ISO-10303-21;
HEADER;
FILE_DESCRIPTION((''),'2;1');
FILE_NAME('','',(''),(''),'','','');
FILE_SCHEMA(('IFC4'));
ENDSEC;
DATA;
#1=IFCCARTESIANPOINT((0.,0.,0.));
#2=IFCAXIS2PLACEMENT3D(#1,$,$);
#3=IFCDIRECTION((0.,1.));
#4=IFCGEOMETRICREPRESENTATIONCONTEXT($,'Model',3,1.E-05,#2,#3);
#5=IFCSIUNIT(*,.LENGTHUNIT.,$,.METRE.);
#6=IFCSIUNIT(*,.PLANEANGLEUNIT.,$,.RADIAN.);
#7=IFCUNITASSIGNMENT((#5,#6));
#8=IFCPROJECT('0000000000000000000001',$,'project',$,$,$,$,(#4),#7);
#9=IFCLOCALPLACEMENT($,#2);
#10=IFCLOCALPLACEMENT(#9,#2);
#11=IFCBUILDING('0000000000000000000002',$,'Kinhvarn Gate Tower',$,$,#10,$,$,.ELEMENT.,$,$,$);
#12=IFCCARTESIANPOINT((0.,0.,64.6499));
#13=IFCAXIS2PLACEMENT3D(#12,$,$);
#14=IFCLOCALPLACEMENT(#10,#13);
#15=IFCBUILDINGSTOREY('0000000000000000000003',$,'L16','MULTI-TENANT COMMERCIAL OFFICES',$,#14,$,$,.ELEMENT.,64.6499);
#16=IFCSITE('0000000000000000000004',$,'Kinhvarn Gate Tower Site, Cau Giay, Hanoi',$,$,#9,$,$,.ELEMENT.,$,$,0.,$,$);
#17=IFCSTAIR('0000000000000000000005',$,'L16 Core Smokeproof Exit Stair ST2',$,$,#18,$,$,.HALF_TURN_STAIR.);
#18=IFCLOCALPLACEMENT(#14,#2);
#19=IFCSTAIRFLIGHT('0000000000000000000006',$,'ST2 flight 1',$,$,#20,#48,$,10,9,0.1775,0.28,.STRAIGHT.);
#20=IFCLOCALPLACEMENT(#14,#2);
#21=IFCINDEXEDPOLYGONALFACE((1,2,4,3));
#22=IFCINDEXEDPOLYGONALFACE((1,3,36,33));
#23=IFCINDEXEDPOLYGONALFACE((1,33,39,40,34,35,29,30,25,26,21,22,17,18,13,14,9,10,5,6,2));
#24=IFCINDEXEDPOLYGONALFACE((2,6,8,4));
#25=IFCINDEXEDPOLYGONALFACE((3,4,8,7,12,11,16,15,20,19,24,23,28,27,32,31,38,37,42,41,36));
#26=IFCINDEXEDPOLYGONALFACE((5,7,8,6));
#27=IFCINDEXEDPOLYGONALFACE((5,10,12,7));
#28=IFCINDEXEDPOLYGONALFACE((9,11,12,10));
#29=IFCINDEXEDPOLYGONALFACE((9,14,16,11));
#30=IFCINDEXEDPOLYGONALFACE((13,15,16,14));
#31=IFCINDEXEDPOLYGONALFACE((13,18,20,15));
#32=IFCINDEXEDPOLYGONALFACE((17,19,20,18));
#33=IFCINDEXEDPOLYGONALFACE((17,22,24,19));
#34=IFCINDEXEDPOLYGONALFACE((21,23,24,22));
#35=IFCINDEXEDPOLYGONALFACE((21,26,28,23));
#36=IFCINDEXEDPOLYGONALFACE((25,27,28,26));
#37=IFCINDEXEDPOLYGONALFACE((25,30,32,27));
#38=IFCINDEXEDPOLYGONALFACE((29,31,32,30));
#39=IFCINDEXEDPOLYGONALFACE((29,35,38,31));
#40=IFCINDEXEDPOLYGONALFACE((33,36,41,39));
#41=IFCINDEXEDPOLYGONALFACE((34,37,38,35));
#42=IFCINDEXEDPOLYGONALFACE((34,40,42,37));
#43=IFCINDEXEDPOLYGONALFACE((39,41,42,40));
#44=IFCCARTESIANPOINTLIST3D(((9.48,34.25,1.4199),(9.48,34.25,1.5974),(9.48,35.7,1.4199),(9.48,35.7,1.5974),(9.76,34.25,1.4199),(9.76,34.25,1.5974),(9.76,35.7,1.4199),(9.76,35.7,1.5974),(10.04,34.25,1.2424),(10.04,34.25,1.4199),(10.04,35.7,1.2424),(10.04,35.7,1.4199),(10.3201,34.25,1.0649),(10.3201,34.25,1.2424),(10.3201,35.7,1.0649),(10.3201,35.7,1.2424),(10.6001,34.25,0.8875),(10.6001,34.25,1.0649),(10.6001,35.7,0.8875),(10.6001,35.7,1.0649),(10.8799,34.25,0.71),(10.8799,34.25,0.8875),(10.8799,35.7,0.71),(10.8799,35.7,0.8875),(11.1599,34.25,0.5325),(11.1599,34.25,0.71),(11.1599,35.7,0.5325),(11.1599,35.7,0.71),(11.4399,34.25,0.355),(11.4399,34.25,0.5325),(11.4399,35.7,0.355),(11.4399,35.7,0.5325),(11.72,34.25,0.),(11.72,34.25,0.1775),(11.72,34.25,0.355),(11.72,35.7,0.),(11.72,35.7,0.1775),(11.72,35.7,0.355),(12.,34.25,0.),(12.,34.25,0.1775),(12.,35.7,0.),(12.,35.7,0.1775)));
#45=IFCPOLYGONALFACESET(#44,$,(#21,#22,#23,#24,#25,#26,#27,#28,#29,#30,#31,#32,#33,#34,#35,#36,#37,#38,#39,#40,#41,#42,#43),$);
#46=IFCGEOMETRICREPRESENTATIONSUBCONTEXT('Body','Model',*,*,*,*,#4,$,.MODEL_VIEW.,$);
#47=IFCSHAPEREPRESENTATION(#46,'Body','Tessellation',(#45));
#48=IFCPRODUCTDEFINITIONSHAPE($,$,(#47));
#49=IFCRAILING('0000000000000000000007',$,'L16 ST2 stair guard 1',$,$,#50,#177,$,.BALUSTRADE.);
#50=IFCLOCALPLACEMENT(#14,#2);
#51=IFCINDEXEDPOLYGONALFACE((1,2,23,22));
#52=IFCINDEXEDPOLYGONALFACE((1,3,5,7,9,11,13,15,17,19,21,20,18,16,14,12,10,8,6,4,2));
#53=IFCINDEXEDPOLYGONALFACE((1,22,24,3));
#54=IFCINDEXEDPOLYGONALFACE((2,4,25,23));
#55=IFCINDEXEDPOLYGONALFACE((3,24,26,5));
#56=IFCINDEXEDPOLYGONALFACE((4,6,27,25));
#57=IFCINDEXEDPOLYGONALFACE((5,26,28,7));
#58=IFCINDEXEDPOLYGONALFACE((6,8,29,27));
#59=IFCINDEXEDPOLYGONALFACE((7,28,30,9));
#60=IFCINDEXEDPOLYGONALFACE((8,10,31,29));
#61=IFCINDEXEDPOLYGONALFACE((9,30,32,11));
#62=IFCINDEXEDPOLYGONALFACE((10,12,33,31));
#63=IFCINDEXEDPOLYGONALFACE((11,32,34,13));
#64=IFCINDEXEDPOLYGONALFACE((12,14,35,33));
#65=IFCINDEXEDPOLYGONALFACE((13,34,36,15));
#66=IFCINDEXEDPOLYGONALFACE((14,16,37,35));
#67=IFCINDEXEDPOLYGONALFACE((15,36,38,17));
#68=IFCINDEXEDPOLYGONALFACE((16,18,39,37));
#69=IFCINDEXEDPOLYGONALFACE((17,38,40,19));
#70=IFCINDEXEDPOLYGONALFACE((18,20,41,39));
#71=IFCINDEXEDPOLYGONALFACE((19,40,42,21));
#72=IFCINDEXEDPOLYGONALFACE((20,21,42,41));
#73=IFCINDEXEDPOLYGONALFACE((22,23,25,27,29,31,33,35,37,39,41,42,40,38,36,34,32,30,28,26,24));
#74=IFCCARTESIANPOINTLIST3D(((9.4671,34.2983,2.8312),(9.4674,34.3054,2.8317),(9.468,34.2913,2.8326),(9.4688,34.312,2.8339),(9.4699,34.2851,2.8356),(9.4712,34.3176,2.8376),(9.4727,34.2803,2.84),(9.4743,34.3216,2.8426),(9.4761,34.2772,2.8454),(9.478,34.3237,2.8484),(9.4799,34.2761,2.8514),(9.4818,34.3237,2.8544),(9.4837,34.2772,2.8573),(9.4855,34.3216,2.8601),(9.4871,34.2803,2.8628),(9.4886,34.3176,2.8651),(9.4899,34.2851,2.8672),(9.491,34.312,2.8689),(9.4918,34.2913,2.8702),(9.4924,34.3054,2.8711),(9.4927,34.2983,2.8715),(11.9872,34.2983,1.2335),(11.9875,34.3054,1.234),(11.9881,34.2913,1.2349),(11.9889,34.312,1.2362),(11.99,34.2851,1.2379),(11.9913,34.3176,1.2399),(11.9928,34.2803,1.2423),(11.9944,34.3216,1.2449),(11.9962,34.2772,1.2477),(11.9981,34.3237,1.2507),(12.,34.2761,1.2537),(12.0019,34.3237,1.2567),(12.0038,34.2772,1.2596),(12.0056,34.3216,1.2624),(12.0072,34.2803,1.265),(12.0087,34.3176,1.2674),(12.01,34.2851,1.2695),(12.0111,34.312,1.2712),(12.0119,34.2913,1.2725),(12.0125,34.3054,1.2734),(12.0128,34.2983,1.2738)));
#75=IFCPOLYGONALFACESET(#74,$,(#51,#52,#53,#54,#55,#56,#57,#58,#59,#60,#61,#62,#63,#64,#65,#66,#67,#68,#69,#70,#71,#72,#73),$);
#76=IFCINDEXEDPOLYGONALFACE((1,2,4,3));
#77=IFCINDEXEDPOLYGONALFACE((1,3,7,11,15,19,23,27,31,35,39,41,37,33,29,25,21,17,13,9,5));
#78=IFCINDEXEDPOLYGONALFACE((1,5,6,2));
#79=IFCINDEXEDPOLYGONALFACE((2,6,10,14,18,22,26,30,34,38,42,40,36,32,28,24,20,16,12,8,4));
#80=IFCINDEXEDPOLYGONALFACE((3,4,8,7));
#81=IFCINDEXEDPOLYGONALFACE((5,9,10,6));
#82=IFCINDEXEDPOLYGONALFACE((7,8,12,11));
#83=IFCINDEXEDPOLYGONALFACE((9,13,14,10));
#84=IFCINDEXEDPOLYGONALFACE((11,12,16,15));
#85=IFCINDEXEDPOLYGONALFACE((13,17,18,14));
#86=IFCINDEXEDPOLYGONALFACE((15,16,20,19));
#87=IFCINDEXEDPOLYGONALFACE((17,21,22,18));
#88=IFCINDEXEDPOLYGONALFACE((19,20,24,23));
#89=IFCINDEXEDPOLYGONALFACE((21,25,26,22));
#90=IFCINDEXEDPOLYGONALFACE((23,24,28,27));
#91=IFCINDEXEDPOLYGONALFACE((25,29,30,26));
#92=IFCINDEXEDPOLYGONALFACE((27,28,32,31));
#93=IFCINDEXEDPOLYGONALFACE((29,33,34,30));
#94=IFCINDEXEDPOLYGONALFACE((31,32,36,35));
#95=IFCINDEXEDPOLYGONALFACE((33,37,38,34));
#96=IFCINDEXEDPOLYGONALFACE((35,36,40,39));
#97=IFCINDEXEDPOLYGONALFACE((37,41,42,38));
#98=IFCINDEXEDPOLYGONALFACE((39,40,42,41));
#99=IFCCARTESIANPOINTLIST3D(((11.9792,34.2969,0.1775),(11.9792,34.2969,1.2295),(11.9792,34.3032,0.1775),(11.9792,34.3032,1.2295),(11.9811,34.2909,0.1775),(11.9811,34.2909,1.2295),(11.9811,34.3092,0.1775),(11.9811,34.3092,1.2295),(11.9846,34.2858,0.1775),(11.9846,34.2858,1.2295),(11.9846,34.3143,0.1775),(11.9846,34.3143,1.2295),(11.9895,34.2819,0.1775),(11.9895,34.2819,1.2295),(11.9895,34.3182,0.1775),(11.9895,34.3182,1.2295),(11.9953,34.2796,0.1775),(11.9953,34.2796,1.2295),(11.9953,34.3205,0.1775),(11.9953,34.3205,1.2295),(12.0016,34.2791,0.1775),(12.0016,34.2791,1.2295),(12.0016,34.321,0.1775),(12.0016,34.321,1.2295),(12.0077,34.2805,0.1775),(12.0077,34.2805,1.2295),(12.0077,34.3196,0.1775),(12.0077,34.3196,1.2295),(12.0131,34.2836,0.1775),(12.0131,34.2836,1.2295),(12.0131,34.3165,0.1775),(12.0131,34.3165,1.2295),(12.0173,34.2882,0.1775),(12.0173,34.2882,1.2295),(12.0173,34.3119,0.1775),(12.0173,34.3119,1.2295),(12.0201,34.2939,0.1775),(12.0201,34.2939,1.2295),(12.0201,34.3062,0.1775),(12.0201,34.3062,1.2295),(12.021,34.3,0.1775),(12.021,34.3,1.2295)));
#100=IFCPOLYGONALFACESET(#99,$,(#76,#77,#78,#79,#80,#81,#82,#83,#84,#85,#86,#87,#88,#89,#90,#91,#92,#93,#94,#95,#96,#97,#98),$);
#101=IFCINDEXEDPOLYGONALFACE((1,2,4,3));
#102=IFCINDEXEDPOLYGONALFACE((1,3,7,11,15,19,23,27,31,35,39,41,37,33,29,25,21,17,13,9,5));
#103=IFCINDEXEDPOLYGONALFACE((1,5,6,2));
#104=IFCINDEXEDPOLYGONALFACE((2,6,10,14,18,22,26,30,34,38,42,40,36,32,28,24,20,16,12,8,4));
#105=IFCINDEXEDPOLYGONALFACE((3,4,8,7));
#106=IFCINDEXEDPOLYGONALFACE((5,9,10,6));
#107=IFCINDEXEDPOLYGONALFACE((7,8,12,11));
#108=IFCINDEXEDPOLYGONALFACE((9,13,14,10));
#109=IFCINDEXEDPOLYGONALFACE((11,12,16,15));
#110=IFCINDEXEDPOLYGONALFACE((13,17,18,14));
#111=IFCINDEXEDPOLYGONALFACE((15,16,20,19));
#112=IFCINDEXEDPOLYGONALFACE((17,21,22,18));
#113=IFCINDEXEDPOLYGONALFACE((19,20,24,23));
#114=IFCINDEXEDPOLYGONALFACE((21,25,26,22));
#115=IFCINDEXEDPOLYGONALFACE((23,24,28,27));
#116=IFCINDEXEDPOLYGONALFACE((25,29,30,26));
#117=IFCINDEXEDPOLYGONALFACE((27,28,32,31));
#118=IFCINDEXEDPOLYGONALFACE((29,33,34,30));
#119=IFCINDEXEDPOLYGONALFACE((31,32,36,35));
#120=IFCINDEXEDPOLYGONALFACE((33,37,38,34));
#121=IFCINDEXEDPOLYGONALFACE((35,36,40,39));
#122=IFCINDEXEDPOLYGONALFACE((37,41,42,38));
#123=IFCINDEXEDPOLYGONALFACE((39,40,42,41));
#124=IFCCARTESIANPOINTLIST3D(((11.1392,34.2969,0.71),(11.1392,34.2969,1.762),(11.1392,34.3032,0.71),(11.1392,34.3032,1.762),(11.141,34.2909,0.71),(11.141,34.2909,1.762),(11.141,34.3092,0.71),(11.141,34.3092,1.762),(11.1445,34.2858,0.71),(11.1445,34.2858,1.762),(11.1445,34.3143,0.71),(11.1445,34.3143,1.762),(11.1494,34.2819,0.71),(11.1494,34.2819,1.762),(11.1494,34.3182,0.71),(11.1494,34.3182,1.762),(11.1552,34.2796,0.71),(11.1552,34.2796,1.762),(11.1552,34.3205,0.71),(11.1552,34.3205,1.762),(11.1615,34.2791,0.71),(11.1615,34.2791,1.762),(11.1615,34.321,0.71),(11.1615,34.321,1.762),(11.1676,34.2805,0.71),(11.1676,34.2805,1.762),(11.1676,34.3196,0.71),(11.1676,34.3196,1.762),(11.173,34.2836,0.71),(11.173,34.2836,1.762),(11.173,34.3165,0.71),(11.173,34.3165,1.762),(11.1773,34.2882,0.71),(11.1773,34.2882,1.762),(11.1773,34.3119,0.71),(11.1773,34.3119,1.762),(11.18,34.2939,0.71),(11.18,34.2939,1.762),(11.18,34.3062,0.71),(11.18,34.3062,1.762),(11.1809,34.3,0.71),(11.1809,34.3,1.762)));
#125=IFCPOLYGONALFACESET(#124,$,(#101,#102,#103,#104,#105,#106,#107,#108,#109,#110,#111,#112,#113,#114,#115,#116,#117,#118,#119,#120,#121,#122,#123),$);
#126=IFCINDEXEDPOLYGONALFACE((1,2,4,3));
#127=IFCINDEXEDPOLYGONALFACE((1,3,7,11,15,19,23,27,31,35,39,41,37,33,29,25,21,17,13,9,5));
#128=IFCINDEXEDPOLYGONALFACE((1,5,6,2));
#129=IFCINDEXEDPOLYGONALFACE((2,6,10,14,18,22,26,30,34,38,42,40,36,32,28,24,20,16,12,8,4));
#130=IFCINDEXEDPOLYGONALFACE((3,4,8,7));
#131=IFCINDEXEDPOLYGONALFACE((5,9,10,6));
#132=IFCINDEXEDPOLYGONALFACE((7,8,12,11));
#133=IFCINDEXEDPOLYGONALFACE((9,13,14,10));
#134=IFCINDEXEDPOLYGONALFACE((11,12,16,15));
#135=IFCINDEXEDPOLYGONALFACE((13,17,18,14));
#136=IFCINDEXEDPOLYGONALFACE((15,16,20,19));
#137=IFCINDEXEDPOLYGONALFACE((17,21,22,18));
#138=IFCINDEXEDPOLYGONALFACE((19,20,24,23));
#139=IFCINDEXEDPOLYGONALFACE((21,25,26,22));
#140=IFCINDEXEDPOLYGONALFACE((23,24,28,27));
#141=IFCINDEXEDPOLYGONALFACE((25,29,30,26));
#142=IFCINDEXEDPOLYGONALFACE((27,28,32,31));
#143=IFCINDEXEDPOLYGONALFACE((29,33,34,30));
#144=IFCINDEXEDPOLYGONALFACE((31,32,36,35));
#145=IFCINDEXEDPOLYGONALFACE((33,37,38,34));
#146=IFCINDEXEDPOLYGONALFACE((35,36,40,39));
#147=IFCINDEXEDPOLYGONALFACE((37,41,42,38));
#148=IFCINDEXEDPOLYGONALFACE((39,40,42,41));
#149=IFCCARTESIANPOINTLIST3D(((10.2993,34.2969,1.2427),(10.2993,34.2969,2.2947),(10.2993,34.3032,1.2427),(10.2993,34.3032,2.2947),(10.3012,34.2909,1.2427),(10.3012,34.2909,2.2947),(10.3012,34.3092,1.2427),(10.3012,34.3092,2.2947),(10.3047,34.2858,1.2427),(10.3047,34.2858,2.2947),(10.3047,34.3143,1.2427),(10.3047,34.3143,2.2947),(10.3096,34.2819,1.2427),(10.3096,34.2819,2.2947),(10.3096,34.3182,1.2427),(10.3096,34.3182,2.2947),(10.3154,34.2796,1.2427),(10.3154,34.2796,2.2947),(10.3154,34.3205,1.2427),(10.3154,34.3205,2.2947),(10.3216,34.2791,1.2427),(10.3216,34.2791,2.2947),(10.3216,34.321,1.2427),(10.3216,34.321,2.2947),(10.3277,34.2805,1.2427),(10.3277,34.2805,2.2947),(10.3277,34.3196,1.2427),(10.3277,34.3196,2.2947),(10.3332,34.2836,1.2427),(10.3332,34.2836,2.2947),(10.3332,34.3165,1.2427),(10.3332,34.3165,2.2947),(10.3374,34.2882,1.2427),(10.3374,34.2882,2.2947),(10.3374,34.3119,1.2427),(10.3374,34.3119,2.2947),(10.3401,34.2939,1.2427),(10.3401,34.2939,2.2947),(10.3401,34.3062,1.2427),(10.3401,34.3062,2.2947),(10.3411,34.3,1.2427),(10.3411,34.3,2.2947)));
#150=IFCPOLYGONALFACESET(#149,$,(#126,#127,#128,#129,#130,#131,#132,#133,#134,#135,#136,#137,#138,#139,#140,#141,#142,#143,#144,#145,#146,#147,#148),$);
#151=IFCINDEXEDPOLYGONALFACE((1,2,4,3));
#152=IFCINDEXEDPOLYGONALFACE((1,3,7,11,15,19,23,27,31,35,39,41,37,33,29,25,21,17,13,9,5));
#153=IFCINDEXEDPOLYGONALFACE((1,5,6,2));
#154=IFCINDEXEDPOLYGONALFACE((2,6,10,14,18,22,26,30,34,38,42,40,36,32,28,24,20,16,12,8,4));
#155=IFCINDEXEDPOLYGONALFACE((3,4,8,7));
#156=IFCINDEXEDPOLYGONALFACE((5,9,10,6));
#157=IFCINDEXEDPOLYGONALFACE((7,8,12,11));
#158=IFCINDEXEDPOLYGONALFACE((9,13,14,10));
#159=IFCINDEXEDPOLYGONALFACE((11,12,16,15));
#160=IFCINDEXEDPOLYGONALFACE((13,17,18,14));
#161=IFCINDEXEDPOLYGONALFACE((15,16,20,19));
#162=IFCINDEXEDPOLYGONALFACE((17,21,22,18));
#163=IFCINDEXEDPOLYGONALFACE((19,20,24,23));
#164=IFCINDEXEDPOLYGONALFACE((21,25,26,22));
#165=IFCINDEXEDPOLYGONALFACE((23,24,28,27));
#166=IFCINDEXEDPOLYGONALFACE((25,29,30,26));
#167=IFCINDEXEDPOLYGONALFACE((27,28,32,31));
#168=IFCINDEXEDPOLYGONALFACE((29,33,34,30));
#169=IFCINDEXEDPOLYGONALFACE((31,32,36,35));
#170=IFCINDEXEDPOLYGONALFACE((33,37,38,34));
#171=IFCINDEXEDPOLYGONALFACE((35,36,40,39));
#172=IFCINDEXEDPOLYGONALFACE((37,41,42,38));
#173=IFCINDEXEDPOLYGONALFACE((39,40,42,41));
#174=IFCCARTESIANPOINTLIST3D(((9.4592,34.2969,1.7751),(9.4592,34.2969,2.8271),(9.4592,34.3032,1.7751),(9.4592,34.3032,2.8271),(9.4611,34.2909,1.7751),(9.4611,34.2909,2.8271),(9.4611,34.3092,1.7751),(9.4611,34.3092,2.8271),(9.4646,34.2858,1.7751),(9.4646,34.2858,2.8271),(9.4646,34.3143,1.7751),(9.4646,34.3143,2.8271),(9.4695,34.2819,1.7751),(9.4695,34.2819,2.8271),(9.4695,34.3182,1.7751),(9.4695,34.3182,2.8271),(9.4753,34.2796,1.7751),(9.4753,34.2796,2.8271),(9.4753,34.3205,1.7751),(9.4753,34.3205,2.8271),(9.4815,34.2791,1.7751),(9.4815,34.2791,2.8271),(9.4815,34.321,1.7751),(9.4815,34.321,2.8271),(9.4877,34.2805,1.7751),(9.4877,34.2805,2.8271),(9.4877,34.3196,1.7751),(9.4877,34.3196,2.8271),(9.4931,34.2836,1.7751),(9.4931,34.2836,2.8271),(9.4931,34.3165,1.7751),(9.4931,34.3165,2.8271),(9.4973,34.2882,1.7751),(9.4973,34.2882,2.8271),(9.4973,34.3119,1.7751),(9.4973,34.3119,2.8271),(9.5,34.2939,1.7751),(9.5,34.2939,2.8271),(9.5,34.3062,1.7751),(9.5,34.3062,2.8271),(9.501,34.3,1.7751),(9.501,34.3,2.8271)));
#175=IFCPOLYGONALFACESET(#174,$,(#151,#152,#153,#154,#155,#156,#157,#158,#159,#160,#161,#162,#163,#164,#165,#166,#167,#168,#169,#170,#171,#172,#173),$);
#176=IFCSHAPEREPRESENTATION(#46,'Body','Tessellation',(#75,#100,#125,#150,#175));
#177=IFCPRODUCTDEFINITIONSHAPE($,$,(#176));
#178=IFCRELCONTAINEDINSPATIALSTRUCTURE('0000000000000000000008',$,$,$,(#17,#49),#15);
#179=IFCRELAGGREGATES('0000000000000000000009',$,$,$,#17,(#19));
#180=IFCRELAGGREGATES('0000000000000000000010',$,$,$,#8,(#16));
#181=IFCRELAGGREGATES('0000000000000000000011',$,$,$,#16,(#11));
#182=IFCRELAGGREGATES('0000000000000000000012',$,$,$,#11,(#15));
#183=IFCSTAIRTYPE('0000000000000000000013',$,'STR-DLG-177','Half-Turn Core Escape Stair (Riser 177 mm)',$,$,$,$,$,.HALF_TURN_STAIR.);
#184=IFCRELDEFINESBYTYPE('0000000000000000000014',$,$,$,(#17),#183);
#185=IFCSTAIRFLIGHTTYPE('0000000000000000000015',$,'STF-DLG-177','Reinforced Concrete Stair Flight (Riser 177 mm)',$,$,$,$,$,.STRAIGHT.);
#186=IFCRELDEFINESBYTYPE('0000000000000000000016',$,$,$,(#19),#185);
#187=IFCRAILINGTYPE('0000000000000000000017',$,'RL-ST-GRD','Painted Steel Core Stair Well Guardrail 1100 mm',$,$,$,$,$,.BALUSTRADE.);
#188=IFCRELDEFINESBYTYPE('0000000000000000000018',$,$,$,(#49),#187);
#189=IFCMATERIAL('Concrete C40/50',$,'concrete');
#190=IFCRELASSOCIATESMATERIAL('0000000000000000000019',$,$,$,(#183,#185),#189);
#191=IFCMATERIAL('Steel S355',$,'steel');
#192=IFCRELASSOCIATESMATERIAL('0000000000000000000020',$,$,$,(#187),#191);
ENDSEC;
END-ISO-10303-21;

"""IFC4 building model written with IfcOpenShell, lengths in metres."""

from ifc_helpers import new_model, si_unit, direction, frame, origin, origin_2d, place, context, subcontext, project, spatial, polyline, circle, outline, extrude, material, type_object, element, aggregate, save


model = new_model("IFC4")

# Units and contexts
model_context = context("Model", 3, precision=1e-05, world=origin(), true_north=direction((0.0, 1.0)))
body_context = subcontext(model_context, "Body", "Model", "MODEL_VIEW")
ifc_project = project(units=[si_unit("LENGTHUNIT", "METRE"), si_unit("PLANEANGLEUNIT", "RADIAN")], contexts=[model_context])

# Site, building, storey
site_placement = place(None, origin())
site = spatial("IfcSite", under=ifc_project, at=site_placement, Name="Kinhvarn Gate Tower Site, Cau Giay, Hanoi", CompositionType="ELEMENT", RefElevation=0.0)
building_placement = place(site_placement, origin())
building = spatial("IfcBuilding", under=site, at=building_placement, Name="Kinhvarn Gate Tower", CompositionType="ELEMENT")
storey_placement = place(building_placement, frame((0.0, 0.0, 64.6499)))
storey = spatial("IfcBuildingStorey", under=building, at=storey_placement, Name="L16", Description="MULTI-TENANT COMMERCIAL OFFICES", CompositionType="ELEMENT", Elevation=64.6499)

# Shared definitions
ifc_material_1 = material(Name="Steel S355", Category="steel")

# Shared definitions
ifc_material_2 = material(Name="Concrete C40/50", Category="concrete")

# Stair, stair flight
stair_type = type_object("IfcStairType", Name="STR-DLG-177", Description="Half-Turn Core Escape Stair (Riser 177 mm)", PredefinedType="HALF_TURN_STAIR", material=ifc_material_2)
stair_placement = place(storey_placement, origin())
stair = element("IfcStair", 1, at=stair_placement, inside=storey, type_object=stair_type, Name="L16 Core Smokeproof Exit Stair ST2", PredefinedType="HALF_TURN_STAIR")
stair_flight_type = type_object("IfcStairFlightType", Name="STF-DLG-177", Description="Reinforced Concrete Stair Flight (Riser 177 mm)", PredefinedType="STRAIGHT", material=ifc_material_2)
stair_flight_placement = place(storey_placement, frame((12.0, 34.9751, 0.0), z_axis=(0.0, 0.0, 1.0), x_axis=(-1.0, 0.0, 0.0)))
stair_flight = element("IfcStairFlight", 2, at=stair_flight_placement, type_object=stair_flight_type, Name="ST2 flight 1", NumberOfRisers=10, NumberOfTreads=9, PredefinedType="STRAIGHT", RiserHeight=0.1775, TreadLength=0.28, context=body_context, shape_type="SweptSolid", body=[
    extrude(outline(polyline([(0.0, 0.0), (0.0, 0.1775), (0.28, 0.1775), (0.28, 0.355), (0.5601, 0.355), (0.5601, 0.5325), (0.8401, 0.5325), (0.8401, 0.71), (1.1201, 0.71), (1.1201, 0.8875), (1.3999, 0.8875), (1.3999, 1.0649), (1.6799, 1.0649), (1.6799, 1.2424), (1.96, 1.2424), (1.96, 1.4199), (2.24, 1.4199), (2.24, 1.5974), (2.52, 1.5974), (2.52, 1.7749), (2.52, 1.4199), (0.28, 0.0), (0.0, 0.0)])), frame((0.0, 0.7251, 0.0), z_axis=(0.0, -1.0, 0.0), x_axis=(1.0, 0.0, 0.0)), (0.0, 0.0, 1.0), 1.45),
])
aggregate(stair, [stair_flight])

# Railing
railing_type_1 = type_object("IfcRailingType", Name="RL-ST-GRD", Description="Painted Steel Core Stair Well Guardrail 1100 mm", PredefinedType="BALUSTRADE", material=ifc_material_1)
railing_1_placement = place(storey_placement, frame((12.0, 34.3, 0.1775)))
element("IfcRailing", 3, at=railing_1_placement, inside=storey, type_object=railing_type_1, Name="L16 ST2 stair guard 1", PredefinedType="BALUSTRADE", context=body_context, shape_type="SweptSolid", body=[
    extrude(circle(Radius=0.0239, at=origin_2d()), frame((0.0, 0.0, 1.0762), z_axis=(-0.84457, 0.0, 0.535445), x_axis=(0.0, -1.0, 0.0)), (0.0, 0.0, 1.0), 2.9839),
    extrude(circle(Radius=0.021, at=origin_2d()), origin(), (0.0, 0.0, 1.0), 1.052),
    extrude(circle(Radius=0.021, at=origin_2d()), frame((-0.8401, 0.0, 0.5325)), (0.0, 0.0, 1.0), 1.052),
    extrude(circle(Radius=0.021, at=origin_2d()), frame((-1.6799, 0.0, 1.0652)), (0.0, 0.0, 1.0), 1.052),
    extrude(circle(Radius=0.021, at=origin_2d()), frame((-2.52, 0.0, 1.5977)), (0.0, 0.0, 1.0), 1.052),
])

save(model, "model.ifc")
